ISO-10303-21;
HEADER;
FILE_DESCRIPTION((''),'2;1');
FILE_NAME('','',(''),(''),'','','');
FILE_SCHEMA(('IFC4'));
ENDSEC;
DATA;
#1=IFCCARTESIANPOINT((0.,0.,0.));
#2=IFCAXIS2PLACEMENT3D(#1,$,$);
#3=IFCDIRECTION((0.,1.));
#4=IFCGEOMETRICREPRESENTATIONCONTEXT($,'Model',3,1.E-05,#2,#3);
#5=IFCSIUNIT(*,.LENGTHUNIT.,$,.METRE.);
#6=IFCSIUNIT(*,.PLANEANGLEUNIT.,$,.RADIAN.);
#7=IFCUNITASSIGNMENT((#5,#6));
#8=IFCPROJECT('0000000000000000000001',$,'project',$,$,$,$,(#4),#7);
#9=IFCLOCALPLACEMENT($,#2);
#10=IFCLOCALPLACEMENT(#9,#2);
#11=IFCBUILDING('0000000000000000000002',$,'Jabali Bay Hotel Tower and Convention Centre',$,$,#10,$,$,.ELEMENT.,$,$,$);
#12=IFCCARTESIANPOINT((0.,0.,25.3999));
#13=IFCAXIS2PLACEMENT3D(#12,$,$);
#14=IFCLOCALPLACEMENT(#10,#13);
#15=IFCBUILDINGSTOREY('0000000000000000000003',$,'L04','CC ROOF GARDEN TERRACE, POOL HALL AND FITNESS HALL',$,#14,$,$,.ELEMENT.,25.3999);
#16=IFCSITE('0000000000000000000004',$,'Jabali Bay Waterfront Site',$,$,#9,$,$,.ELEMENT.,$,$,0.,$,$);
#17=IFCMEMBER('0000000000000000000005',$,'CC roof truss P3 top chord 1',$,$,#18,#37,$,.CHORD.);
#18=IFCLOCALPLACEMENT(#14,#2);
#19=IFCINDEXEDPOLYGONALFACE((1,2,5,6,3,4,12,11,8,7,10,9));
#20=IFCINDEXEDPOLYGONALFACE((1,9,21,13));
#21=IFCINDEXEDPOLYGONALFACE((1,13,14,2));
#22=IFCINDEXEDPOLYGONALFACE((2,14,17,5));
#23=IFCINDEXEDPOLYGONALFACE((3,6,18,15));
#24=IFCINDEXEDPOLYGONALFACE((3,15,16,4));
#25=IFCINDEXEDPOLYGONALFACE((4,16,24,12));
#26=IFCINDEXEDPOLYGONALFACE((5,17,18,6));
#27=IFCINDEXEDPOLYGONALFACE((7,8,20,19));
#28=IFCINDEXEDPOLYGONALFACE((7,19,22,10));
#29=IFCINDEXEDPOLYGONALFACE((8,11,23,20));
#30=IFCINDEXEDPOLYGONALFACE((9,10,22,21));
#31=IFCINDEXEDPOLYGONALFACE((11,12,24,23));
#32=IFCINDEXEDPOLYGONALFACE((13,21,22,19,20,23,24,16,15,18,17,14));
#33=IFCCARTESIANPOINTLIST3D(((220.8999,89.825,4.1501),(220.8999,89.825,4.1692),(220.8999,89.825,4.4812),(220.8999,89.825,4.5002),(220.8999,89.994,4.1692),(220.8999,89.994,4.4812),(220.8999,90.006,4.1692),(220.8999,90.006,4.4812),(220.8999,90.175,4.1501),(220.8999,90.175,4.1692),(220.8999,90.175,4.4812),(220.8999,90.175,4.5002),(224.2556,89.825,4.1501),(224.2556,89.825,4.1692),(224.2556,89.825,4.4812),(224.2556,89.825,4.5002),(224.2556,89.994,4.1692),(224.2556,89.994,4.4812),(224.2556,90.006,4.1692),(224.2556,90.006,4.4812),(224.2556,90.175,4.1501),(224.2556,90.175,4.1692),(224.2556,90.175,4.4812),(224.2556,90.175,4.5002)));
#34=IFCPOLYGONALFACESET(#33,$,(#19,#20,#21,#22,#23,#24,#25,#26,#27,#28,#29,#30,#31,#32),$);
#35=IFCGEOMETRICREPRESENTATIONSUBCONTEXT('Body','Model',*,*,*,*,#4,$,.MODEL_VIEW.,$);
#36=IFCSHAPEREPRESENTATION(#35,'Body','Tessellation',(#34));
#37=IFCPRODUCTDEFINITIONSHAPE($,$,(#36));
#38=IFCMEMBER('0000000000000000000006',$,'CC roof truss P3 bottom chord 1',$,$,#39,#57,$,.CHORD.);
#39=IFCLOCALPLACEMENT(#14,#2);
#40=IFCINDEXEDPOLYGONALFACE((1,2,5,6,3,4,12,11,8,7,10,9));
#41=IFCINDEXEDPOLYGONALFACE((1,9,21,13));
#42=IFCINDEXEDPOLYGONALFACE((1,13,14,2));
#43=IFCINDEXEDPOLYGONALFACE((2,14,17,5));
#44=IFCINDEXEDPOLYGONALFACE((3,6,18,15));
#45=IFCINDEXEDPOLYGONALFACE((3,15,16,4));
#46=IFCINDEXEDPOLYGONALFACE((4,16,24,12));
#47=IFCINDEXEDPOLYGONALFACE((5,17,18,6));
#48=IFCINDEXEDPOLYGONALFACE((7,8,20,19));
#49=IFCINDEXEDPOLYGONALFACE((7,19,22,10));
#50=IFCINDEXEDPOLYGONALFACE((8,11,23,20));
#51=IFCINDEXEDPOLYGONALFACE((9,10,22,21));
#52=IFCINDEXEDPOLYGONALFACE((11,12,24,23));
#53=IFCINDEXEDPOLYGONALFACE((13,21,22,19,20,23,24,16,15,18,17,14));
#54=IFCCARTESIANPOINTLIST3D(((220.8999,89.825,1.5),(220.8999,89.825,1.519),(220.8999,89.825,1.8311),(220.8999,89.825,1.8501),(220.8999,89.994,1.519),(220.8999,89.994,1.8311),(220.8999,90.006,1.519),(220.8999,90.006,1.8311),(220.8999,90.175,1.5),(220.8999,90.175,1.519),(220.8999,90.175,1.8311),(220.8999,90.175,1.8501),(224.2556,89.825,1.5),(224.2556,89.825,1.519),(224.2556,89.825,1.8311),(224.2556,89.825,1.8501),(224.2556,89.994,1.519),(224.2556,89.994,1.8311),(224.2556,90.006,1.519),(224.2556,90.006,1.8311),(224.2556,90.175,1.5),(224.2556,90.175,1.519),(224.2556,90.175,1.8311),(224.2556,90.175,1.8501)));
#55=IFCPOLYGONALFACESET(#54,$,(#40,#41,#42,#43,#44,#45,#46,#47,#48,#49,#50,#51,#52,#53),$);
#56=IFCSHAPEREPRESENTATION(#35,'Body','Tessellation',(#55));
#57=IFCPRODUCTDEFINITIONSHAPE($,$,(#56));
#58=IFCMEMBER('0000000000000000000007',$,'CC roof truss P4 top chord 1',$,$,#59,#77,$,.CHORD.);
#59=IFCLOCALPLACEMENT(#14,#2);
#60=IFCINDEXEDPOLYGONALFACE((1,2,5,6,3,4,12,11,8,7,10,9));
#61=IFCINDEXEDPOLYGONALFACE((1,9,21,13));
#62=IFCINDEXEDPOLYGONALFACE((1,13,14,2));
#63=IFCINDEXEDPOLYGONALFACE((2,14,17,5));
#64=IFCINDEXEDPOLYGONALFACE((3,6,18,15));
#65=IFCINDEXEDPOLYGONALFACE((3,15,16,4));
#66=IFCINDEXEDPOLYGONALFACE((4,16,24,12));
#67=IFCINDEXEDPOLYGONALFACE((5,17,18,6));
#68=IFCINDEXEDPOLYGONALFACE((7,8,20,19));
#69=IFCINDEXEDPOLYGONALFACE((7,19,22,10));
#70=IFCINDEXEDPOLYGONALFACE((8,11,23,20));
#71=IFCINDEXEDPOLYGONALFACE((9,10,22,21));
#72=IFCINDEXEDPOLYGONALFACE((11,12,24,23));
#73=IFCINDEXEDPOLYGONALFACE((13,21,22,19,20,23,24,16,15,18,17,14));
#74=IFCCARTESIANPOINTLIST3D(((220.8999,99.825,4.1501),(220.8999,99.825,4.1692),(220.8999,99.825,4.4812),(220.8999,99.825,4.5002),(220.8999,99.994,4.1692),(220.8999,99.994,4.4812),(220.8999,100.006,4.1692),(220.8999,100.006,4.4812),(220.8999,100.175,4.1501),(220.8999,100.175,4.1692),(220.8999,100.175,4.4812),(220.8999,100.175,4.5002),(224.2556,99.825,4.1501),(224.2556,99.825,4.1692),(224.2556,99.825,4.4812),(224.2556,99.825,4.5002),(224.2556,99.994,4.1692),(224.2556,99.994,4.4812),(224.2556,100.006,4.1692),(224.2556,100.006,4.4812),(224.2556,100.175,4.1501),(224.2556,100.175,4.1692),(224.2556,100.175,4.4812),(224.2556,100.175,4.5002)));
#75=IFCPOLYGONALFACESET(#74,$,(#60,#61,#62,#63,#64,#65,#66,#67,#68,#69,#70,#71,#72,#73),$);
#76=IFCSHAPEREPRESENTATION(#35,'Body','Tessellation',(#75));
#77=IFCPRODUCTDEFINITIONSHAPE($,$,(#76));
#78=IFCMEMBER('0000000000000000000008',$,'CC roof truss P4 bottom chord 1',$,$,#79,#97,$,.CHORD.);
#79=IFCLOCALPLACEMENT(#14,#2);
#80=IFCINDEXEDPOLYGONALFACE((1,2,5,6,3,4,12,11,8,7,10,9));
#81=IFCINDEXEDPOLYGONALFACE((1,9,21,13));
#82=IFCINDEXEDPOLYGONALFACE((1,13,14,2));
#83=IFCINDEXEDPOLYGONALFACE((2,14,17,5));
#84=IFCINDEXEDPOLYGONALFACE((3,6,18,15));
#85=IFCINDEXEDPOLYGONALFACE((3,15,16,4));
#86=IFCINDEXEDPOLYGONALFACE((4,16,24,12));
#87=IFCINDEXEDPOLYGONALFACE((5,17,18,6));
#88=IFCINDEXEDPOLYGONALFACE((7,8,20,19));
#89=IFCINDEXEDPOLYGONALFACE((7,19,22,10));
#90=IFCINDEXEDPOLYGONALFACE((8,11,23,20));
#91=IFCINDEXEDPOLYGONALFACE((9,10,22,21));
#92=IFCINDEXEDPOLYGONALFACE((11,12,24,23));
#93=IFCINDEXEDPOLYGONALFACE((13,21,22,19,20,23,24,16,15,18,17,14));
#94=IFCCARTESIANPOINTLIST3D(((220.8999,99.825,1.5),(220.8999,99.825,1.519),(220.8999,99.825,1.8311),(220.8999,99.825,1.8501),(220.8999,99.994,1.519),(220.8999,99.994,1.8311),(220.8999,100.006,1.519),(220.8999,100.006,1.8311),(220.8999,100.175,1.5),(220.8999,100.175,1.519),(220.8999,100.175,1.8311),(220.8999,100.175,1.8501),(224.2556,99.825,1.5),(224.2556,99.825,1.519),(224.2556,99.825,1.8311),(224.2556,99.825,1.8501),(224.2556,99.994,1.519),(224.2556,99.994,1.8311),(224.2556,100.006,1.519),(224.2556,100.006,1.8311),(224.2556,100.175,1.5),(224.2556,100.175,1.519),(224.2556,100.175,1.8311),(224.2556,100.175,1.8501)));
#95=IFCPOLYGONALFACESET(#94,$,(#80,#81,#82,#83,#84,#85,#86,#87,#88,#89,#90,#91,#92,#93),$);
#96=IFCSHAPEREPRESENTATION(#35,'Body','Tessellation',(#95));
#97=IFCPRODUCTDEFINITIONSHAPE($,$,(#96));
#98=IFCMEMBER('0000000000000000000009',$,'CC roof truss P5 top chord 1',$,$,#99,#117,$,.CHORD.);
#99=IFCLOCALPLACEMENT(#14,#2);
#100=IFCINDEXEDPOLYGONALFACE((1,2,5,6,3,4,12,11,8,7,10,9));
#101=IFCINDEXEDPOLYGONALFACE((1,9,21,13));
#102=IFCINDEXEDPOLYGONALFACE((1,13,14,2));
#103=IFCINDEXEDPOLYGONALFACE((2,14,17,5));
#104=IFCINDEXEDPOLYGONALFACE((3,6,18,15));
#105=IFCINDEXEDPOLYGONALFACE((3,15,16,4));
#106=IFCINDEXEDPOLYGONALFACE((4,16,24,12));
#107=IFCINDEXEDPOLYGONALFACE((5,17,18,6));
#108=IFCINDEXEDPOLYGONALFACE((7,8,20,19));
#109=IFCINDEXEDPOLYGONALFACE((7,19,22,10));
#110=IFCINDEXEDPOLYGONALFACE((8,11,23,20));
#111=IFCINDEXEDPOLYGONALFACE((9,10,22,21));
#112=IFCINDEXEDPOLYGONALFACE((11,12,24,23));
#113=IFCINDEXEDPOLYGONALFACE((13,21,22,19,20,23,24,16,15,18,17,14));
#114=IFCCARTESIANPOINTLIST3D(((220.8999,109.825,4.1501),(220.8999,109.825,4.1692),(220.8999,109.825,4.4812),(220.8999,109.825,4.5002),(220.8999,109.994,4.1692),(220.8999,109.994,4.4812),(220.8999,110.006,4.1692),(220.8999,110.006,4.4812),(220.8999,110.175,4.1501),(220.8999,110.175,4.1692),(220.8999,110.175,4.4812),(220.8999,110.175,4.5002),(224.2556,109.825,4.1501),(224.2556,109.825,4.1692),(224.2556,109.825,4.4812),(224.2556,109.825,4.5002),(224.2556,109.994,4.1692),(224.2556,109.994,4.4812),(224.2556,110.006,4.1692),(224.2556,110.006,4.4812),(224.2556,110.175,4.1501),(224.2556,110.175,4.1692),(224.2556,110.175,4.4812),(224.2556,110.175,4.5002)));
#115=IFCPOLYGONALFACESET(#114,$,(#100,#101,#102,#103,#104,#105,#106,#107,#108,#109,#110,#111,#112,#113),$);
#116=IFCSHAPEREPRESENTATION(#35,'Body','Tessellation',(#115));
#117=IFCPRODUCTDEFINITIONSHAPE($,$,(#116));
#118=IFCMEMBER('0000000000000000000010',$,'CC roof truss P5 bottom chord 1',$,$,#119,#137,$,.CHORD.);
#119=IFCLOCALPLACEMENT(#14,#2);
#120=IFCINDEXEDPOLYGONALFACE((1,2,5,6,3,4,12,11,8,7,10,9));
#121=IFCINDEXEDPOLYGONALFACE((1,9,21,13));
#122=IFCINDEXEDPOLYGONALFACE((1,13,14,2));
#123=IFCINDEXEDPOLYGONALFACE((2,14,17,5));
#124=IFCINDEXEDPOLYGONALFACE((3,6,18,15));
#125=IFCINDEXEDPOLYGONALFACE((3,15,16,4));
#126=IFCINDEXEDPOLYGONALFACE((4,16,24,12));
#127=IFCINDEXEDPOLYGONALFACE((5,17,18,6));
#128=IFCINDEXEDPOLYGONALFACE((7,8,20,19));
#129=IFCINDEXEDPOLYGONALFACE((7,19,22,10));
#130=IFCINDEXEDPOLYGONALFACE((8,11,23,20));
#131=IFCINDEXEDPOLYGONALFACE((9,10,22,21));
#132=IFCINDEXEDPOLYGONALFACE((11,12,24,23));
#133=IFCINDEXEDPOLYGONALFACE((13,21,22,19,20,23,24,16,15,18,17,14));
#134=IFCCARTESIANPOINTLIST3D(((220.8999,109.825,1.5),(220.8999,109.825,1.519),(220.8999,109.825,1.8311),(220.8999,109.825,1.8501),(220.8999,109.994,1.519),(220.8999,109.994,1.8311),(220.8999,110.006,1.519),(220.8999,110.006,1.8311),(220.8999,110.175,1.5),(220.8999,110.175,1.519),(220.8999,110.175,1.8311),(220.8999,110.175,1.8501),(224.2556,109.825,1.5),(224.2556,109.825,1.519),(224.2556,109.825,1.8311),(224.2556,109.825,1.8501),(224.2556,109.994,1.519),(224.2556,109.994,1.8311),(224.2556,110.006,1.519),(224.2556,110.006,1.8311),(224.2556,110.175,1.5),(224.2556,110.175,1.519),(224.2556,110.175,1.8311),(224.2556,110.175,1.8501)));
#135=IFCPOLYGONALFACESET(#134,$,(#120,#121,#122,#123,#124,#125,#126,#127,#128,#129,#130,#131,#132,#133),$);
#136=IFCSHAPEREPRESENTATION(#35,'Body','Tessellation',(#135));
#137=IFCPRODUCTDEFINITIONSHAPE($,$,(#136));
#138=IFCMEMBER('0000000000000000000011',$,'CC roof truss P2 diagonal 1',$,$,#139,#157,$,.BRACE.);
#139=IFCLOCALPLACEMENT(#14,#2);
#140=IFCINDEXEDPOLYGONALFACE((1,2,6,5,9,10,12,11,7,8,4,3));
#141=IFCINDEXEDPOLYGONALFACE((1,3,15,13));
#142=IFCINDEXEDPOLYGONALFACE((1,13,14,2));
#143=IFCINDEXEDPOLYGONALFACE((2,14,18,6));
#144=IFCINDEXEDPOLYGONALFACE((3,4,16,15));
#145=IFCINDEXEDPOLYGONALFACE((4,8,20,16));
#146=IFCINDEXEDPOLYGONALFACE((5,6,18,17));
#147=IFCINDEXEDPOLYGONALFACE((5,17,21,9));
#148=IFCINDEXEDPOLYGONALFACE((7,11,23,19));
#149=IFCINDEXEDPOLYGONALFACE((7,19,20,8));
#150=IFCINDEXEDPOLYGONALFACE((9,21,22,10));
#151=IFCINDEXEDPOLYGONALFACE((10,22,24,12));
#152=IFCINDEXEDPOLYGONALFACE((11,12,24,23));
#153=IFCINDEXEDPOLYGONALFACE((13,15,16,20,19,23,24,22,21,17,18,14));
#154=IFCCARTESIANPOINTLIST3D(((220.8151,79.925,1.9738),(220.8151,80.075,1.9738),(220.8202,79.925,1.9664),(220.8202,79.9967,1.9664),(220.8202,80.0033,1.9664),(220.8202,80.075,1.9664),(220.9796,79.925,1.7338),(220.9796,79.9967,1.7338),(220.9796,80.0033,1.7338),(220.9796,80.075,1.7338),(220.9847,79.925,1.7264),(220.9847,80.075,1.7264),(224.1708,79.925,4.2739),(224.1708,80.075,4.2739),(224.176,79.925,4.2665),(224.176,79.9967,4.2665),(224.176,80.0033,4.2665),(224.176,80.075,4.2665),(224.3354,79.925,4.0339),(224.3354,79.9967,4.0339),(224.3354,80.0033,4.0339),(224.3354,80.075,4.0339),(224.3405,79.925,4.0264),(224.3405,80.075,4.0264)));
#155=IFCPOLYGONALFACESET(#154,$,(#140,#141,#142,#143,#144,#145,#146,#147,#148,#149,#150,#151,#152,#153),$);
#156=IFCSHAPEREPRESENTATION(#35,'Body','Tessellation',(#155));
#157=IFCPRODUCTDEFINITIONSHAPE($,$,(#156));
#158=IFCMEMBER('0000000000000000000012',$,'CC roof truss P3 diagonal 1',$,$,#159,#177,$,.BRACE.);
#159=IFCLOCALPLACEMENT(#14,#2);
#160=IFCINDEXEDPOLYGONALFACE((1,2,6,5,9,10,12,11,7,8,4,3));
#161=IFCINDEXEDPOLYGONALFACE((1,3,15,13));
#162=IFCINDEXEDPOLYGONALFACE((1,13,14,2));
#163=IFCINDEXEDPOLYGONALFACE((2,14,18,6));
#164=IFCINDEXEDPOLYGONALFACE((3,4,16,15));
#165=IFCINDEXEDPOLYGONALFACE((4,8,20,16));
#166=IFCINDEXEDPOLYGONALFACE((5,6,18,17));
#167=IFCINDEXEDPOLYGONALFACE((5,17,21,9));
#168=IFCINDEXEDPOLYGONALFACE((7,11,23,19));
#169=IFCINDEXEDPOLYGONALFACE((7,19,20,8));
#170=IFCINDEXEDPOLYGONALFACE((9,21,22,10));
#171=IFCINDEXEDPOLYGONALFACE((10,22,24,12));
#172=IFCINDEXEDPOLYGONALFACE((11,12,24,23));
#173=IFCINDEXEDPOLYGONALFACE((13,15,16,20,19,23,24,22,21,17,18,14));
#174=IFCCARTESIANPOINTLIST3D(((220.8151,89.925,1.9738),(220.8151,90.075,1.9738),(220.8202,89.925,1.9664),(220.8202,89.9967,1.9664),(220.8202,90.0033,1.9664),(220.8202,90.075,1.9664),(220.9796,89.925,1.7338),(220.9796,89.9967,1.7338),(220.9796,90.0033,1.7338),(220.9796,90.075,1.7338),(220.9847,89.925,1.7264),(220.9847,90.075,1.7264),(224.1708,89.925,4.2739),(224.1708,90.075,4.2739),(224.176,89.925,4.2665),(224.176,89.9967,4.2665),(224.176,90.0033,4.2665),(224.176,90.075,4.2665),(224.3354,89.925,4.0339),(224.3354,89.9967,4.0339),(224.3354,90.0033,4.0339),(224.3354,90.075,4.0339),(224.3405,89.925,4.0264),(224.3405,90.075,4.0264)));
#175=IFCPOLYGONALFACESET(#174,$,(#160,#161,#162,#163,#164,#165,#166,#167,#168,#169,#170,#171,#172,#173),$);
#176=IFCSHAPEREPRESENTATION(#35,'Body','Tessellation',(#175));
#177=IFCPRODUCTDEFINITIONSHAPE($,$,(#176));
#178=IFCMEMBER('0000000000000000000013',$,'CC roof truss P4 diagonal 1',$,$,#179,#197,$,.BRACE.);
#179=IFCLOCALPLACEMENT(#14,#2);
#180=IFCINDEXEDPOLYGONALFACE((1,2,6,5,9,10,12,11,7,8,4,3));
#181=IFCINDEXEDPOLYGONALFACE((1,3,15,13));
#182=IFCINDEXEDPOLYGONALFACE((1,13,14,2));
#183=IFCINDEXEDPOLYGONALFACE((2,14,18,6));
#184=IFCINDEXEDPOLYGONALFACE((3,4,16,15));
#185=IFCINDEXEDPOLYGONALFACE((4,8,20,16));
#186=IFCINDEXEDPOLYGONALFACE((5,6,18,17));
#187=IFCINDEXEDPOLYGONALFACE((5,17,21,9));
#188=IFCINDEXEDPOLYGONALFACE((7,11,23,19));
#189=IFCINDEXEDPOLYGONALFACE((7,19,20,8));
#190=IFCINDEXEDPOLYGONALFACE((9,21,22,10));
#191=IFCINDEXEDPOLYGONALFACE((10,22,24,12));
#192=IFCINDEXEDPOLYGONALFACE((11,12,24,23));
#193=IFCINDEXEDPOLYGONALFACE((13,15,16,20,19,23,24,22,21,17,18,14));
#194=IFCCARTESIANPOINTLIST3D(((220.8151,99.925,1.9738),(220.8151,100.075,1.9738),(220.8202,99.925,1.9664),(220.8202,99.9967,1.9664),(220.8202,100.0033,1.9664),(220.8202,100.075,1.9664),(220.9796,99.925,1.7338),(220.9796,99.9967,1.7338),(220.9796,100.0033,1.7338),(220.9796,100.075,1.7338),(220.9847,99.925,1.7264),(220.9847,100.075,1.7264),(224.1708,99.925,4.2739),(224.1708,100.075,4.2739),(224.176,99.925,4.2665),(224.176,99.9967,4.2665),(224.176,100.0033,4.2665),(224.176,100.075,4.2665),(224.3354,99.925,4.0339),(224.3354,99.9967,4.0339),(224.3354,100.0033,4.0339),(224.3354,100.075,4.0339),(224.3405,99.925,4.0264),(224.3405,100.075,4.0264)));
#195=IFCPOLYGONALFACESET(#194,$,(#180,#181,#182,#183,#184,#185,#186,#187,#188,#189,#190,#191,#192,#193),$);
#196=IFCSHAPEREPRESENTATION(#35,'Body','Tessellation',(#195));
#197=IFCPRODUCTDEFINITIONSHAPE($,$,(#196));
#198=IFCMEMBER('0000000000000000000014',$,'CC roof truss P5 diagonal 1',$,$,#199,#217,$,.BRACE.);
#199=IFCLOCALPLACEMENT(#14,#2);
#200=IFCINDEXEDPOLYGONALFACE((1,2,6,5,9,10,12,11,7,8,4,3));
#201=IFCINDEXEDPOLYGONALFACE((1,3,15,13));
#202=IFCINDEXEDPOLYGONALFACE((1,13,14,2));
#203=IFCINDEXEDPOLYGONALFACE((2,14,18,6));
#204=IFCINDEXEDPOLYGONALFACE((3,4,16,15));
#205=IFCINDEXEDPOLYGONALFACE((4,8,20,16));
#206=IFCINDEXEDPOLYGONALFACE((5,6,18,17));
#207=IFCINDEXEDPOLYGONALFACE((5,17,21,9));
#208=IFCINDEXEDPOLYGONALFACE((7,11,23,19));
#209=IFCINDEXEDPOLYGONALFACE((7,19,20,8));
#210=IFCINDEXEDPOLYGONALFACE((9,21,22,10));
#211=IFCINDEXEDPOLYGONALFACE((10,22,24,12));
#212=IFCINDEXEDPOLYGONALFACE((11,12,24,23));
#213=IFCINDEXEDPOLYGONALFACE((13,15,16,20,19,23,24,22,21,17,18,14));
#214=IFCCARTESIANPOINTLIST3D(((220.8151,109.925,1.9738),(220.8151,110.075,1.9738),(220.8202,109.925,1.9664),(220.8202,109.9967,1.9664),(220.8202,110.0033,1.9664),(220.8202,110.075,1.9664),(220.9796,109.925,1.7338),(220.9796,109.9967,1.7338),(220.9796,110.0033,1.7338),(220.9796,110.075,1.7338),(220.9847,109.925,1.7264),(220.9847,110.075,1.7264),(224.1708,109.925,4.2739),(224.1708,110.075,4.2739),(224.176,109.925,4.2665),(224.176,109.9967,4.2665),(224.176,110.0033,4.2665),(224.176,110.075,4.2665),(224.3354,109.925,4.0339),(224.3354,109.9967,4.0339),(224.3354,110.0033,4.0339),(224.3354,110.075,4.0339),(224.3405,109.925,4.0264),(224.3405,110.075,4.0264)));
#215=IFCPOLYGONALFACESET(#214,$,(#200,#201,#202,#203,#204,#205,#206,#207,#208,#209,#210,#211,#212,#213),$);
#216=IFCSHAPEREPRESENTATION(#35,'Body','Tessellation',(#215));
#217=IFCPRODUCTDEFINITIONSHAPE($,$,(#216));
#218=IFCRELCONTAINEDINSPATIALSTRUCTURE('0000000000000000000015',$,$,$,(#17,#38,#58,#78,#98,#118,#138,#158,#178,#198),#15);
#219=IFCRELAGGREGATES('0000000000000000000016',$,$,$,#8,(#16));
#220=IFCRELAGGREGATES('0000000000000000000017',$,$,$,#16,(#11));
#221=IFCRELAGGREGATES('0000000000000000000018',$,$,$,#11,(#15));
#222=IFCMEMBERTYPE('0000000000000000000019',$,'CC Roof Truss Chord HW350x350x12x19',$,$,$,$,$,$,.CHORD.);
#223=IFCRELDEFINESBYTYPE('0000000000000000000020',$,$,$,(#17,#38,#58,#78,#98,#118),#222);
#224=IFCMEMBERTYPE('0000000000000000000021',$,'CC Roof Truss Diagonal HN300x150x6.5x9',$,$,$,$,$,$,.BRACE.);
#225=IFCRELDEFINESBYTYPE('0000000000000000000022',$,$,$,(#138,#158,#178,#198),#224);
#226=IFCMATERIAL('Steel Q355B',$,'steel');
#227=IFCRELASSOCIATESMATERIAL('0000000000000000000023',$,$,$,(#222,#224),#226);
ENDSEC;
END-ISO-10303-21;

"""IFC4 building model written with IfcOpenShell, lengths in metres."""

from ifc_helpers import new_model, si_unit, direction, frame, origin, origin_2d, place, context, subcontext, project, spatial, i_section, extrude, material, material_profile, profile_set, type_object, element, save


model = new_model("IFC4")

# Units and contexts
model_context = context("Model", 3, precision=1e-05, world=origin(), true_north=direction((0.0, 1.0)))
body_context = subcontext(model_context, "Body", "Model", "MODEL_VIEW")
ifc_project = project(units=[si_unit("LENGTHUNIT", "METRE"), si_unit("PLANEANGLEUNIT", "RADIAN")], contexts=[model_context])

# Site, building, storey
site_placement = place(None, origin())
site = spatial("IfcSite", under=ifc_project, at=site_placement, Name="Jabali Bay Waterfront Site", CompositionType="ELEMENT", RefElevation=0.0)
building_placement = place(site_placement, origin())
building = spatial("IfcBuilding", under=site, at=building_placement, Name="Jabali Bay Hotel Tower and Convention Centre", CompositionType="ELEMENT")
storey_placement = place(building_placement, frame((0.0, 0.0, 25.3999)))
storey = spatial("IfcBuildingStorey", under=building, at=storey_placement, Name="L04", Description="CC ROOF GARDEN TERRACE, POOL HALL AND FITNESS HALL", CompositionType="ELEMENT", Elevation=25.3999)

# Members
ifc_material_1 = material(Name="Steel Q355B", Category="steel")
ifc_material_profile_1 = material_profile(ifc_material_1, i_section(OverallWidth=0.3501, OverallDepth=0.3501, WebThickness=0.012, FlangeThickness=0.019, at=origin_2d()), Name="HW350x350x12x19")
ifc_profile_set_1 = profile_set([ifc_material_profile_1], Name="Steel Q355B")
member_type_1 = type_object("IfcMemberType", Name="CC Roof Truss Chord HW350x350x12x19", PredefinedType="CHORD", material=ifc_profile_set_1)
for number, where, z_axis, x_axis, name in (
    (1, (220.8999, 90.0, 4.3252), (1.0, 0.0, 0.0), (0.0, 1.0, 0.0), "CC roof truss P3 top chord 1"),
    (2, (220.8999, 90.0, 1.675), (1.0, 0.0, 0.0), (0.0, 1.0, 0.0), "CC roof truss P3 bottom chord 1"),
    (3, (220.8999, 100.0, 4.3252), (1.0, 0.0, 0.0), (0.0, 1.0, 0.0), "CC roof truss P4 top chord 1"),
    (4, (220.8999, 100.0, 1.675), (1.0, 0.0, 0.0), (0.0, 1.0, 0.0), "CC roof truss P4 bottom chord 1"),
    (5, (220.8999, 110.0, 4.3252), (1.0, 0.0, 0.0), (0.0, 1.0, 0.0), "CC roof truss P5 top chord 1"),
    (6, (220.8999, 110.0, 1.675), (1.0, 0.0, 0.0), (0.0, 1.0, 0.0), "CC roof truss P5 bottom chord 1"),
):
    element("IfcMember", number, at=place(storey_placement, frame(where, z_axis=z_axis, x_axis=x_axis)), inside=storey, type_object=member_type_1, Name=name, PredefinedType="CHORD", context=body_context, shape_type="SweptSolid", body=[
        extrude(i_section(OverallWidth=0.3501, OverallDepth=0.3501, WebThickness=0.012, FlangeThickness=0.019, at=origin_2d()), origin(), (0.0, 0.0, 1.0), 3.3557),
    ])
ifc_material_profile_2 = material_profile(ifc_material_1, i_section(OverallWidth=0.1499, OverallDepth=0.3, WebThickness=0.0066, FlangeThickness=0.009, at=origin_2d()), Name="HN300x150x6.5x9")
ifc_profile_set_2 = profile_set([ifc_material_profile_2], Name="Steel Q355B")
member_type_2 = type_object("IfcMemberType", Name="CC Roof Truss Diagonal HN300x150x6.5x9", PredefinedType="BRACE", material=ifc_profile_set_2)
for number, where, z_axis, x_axis, name in (
    (7, (220.8999, 80.0, 1.8501), (0.824845, 0.0, 0.565359), (0.0, 1.0, 0.0), "CC roof truss P2 diagonal 1"),
    (8, (220.8999, 90.0, 1.8501), (0.824845, 0.0, 0.565359), (0.0, 1.0, 0.0), "CC roof truss P3 diagonal 1"),
    (9, (220.8999, 100.0, 1.8501), (0.824845, 0.0, 0.565359), (0.0, 1.0, 0.0), "CC roof truss P4 diagonal 1"),
    (10, (220.8999, 110.0, 1.8501), (0.824845, 0.0, 0.565359), (0.0, 1.0, 0.0), "CC roof truss P5 diagonal 1"),
):
    element("IfcMember", number, at=place(storey_placement, frame(where, z_axis=z_axis, x_axis=x_axis)), inside=storey, type_object=member_type_2, Name=name, PredefinedType="BRACE", context=body_context, shape_type="SweptSolid", body=[
        extrude(i_section(OverallWidth=0.1499, OverallDepth=0.3, WebThickness=0.0066, FlangeThickness=0.009, at=origin_2d()), origin(), (0.0, 0.0, 1.0), 4.0684),
    ])

save(model, "model.ifc")
